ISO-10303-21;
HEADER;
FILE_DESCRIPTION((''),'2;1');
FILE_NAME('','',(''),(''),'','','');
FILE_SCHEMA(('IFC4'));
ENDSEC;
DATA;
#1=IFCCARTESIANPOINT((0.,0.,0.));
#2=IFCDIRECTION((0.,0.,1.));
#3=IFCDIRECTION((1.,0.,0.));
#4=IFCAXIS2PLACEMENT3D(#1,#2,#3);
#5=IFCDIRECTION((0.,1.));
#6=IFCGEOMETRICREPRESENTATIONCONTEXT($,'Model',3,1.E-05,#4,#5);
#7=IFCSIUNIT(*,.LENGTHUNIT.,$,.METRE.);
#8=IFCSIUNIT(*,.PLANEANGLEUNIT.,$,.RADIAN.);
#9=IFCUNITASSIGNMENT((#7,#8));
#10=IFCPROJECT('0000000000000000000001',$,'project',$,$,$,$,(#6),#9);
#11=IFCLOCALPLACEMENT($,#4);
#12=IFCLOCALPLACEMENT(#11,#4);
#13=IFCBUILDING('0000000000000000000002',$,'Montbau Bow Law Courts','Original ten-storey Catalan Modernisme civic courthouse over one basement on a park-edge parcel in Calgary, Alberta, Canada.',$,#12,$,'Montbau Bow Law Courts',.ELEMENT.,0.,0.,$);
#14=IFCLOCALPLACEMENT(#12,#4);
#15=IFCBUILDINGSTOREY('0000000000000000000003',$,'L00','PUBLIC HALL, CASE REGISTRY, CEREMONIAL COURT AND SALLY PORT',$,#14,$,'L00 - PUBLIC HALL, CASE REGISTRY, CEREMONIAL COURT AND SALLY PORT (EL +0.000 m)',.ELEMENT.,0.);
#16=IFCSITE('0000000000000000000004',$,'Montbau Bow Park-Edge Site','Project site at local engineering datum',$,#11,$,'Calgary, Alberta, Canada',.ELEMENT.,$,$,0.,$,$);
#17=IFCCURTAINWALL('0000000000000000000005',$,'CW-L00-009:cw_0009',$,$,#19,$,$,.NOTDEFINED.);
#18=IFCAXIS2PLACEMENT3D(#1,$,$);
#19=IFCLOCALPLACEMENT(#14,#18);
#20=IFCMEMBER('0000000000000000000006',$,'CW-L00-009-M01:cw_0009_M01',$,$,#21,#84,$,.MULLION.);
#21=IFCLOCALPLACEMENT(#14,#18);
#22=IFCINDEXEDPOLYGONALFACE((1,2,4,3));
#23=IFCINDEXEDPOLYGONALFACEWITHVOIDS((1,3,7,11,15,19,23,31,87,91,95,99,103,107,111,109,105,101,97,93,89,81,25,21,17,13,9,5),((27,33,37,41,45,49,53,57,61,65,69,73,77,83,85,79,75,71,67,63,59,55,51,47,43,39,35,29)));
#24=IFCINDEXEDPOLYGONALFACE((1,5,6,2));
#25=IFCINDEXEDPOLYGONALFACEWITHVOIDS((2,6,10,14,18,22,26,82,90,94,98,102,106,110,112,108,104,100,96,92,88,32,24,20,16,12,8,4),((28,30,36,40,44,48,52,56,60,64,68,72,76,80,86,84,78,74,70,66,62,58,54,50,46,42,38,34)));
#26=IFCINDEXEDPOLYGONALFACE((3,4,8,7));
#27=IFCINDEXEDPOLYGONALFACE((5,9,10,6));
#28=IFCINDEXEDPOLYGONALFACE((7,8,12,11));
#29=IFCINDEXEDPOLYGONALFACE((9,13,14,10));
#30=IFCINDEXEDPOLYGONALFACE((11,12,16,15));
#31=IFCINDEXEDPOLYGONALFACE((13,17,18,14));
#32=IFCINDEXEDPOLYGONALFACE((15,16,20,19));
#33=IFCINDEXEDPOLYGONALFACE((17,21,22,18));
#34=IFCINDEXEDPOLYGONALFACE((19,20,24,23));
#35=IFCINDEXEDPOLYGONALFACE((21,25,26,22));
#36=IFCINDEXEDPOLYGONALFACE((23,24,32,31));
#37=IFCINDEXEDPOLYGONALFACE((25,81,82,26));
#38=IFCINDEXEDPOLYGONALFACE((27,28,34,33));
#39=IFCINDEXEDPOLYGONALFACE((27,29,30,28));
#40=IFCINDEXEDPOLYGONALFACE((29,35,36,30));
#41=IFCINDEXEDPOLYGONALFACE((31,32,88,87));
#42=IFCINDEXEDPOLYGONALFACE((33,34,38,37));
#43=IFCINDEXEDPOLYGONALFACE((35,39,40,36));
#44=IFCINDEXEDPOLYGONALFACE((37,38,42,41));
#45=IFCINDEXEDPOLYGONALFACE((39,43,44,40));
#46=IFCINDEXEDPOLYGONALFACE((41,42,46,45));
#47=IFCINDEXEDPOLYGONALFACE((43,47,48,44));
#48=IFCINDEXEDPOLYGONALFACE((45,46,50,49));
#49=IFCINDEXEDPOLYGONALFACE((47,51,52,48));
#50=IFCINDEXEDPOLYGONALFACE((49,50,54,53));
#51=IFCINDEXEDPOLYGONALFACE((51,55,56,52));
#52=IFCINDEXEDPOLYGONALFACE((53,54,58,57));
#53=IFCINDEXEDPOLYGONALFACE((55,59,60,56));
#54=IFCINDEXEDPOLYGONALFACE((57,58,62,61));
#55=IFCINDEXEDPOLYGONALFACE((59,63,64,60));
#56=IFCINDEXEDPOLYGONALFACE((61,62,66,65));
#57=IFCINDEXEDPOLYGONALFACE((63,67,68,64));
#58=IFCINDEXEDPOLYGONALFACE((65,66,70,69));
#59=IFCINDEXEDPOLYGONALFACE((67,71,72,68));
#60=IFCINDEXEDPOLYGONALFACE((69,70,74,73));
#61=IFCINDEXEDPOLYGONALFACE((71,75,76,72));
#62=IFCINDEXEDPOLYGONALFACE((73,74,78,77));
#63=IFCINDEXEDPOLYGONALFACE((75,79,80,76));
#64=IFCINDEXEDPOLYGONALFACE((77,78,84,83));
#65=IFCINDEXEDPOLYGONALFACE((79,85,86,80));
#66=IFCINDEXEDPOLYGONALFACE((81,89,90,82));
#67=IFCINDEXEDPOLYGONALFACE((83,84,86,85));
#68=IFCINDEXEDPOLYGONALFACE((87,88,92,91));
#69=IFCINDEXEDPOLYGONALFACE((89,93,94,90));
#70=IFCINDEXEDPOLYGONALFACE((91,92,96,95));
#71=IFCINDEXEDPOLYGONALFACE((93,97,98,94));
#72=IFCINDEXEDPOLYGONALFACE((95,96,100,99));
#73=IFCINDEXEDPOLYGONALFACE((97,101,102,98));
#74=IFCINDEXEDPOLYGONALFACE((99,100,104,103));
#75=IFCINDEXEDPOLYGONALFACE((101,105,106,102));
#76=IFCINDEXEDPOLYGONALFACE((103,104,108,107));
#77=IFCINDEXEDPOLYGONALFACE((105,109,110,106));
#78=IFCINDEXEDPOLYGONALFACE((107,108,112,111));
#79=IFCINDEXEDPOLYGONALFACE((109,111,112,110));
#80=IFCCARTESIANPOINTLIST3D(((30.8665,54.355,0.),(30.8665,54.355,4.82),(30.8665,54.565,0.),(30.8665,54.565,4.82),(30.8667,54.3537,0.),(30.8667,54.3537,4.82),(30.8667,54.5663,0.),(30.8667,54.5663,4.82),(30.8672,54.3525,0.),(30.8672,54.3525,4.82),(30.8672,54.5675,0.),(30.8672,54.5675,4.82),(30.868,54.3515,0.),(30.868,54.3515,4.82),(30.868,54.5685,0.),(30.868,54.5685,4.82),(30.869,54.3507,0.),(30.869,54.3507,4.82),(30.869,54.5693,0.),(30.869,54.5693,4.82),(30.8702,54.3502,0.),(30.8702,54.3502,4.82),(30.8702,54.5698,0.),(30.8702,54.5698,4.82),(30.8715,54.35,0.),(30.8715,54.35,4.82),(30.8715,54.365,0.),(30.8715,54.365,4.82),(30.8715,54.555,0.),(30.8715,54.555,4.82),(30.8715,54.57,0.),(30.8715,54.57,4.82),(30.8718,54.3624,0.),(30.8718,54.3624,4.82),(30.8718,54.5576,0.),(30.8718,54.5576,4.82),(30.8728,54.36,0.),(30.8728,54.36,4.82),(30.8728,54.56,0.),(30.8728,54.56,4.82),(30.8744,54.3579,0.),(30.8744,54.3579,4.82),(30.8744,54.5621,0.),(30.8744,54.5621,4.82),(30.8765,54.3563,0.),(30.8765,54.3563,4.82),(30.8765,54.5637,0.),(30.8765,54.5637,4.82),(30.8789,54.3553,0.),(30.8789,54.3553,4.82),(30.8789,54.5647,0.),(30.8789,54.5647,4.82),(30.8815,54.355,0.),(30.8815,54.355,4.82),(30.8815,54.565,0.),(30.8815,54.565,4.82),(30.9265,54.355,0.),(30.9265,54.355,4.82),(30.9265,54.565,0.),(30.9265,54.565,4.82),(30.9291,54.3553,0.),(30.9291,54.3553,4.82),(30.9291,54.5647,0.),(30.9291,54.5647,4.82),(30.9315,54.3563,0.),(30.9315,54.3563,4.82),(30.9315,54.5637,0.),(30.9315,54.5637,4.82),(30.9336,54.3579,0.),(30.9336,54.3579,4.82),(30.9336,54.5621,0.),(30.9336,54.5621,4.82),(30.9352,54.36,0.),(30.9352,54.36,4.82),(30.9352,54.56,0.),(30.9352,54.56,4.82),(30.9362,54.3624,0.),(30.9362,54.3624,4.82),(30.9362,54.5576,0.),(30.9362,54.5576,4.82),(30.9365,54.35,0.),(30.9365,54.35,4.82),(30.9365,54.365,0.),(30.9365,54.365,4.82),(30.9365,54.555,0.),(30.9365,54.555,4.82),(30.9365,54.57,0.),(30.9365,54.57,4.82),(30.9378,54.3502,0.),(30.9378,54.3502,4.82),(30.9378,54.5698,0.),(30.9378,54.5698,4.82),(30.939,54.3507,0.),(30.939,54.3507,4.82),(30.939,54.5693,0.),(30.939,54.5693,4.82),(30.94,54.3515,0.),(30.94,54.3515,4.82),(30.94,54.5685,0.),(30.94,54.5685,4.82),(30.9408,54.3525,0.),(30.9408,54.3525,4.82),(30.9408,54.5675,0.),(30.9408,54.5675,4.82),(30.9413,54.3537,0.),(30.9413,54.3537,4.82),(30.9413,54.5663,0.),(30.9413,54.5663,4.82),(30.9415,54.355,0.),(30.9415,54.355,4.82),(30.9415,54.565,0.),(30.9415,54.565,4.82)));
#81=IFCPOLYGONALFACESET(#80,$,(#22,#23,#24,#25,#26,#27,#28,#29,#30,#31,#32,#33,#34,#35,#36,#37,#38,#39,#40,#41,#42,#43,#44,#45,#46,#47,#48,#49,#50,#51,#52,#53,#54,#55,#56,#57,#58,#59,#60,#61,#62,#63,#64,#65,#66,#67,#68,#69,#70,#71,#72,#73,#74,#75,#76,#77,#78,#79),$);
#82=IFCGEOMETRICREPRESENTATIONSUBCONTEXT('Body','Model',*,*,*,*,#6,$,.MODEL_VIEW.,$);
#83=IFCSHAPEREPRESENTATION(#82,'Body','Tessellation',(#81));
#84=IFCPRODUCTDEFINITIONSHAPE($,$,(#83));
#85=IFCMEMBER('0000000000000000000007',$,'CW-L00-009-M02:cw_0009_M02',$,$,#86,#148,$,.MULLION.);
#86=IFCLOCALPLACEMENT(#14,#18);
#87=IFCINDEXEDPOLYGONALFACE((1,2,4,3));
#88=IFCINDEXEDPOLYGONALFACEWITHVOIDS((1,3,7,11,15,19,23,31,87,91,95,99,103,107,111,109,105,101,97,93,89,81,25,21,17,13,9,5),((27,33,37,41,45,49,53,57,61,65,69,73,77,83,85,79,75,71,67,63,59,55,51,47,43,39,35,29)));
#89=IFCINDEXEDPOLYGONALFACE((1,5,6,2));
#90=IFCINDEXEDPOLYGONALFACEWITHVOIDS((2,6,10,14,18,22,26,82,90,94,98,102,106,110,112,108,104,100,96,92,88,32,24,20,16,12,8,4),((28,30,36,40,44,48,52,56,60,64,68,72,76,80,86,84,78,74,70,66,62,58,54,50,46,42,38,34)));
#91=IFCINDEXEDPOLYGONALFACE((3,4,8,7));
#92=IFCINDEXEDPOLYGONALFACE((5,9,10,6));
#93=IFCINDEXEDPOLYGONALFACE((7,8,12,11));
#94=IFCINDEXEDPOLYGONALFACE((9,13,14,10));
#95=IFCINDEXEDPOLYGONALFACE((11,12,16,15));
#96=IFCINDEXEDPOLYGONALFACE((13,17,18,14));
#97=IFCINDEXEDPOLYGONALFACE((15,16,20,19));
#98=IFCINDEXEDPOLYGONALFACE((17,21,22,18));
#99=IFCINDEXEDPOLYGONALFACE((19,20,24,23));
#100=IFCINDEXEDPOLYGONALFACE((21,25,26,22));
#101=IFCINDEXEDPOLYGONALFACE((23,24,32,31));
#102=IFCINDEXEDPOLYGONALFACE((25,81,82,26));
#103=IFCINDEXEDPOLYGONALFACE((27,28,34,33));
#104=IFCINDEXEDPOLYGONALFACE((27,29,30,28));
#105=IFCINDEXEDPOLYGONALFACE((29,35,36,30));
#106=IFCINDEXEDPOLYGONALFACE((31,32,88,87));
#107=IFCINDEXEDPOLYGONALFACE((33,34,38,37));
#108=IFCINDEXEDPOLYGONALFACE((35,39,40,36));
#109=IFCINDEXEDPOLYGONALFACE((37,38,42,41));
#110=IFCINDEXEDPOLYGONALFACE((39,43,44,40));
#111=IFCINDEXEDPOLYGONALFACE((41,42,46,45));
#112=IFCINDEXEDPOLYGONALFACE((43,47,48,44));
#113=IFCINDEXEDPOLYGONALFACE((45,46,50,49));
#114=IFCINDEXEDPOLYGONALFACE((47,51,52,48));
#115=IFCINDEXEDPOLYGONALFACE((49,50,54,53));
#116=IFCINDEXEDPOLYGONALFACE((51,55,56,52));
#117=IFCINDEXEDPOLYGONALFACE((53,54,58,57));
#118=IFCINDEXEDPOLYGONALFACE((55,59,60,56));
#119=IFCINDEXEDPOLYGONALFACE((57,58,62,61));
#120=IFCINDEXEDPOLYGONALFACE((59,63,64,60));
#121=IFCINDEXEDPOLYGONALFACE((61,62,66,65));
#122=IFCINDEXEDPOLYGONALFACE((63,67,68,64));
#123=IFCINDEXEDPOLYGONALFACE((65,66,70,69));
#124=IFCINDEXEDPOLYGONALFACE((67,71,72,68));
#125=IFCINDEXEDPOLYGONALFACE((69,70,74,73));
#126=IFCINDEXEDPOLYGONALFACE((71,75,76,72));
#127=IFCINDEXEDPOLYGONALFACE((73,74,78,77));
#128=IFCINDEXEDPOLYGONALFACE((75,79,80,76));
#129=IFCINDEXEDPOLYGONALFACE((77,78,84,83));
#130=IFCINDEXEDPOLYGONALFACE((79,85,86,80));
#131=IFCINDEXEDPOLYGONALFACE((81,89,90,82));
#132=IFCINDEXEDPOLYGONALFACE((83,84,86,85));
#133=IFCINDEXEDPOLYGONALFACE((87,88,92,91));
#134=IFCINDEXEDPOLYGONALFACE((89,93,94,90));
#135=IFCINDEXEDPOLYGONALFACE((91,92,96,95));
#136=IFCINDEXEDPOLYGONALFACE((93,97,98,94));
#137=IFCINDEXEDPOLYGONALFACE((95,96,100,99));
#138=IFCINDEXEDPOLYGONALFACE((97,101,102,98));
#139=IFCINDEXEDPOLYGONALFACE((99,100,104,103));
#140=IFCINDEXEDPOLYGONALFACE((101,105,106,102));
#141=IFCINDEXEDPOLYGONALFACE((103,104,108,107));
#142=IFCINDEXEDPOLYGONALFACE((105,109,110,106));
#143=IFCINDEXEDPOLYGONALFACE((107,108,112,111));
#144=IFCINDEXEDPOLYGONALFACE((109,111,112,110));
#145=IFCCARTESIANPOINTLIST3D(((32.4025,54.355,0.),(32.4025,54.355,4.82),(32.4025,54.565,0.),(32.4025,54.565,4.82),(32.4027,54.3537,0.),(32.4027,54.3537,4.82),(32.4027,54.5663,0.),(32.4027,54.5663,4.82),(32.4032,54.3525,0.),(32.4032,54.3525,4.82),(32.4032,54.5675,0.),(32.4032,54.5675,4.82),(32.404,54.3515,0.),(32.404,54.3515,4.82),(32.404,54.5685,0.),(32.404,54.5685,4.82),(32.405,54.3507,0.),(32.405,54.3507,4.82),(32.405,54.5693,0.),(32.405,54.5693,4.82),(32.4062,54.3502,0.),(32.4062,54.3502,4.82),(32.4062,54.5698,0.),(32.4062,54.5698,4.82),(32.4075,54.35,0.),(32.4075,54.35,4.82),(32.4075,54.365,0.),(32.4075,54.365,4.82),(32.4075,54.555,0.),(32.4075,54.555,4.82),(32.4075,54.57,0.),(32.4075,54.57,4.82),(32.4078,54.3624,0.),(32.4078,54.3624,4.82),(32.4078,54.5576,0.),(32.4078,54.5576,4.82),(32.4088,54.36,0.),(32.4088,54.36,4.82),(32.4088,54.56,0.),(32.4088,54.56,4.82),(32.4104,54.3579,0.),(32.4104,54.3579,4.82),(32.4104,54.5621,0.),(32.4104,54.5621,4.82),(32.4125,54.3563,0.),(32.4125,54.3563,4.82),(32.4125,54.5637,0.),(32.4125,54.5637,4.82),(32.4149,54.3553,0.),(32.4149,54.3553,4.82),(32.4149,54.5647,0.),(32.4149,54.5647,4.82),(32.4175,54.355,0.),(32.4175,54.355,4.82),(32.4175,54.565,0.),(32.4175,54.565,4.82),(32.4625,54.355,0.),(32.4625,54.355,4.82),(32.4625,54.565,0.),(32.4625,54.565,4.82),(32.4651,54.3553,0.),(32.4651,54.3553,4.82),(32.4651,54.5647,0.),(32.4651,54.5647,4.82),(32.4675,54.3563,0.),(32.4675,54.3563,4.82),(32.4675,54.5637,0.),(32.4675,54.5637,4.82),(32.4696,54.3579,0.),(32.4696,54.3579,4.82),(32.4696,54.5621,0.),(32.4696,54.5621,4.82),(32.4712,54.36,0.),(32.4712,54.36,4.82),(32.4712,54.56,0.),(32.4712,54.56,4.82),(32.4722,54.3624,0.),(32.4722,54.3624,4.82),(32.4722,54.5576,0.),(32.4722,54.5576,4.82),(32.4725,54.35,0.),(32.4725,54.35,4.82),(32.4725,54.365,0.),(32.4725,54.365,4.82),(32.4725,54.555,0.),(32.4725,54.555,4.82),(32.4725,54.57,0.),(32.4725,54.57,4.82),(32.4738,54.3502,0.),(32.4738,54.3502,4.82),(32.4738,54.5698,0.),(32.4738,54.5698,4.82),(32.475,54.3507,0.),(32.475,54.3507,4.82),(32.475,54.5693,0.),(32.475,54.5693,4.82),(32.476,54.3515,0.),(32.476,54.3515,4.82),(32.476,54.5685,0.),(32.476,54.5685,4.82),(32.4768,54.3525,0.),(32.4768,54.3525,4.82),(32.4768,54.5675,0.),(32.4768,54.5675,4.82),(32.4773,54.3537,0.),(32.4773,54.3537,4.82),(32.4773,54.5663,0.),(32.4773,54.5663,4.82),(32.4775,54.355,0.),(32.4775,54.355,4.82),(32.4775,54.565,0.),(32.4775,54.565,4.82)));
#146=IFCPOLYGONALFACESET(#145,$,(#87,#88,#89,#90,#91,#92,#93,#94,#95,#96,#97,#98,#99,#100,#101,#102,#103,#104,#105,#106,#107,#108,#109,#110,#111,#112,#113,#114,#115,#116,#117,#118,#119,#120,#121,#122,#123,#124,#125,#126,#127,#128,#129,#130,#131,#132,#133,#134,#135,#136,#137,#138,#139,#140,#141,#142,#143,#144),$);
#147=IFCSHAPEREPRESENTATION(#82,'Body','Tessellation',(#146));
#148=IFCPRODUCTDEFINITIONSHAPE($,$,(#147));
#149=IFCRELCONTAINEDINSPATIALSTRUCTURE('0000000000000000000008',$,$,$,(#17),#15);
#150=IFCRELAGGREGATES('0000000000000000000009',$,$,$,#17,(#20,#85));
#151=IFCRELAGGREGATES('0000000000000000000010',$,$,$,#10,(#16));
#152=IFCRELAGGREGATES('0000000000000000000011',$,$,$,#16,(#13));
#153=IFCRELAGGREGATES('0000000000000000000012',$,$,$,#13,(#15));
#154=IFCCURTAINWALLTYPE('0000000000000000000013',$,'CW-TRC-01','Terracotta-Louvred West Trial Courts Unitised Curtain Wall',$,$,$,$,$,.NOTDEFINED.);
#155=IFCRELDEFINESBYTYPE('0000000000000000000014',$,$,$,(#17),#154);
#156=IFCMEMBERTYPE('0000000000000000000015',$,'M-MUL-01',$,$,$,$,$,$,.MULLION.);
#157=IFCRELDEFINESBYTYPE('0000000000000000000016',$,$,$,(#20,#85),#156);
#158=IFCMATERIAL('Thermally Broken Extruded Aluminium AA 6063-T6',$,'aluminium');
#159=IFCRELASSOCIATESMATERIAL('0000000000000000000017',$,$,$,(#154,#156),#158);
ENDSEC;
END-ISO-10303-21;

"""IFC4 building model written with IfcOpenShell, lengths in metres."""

from ifc_helpers import new_model, si_unit, direction, frame, origin_with_axes, origin_2d_with_axis, place, context, subcontext, project, spatial, hollow_rectangle, extrude, material, material_profile, profile_set, type_object, element, aggregate, save


model = new_model("IFC4")

# Units and contexts
model_context = context("Model", 3, precision=1e-05, world=origin_with_axes(), true_north=direction((0.0, 1.0)))
body_context = subcontext(model_context, "Body", "Model", "MODEL_VIEW")
ifc_project = project(units=[si_unit("LENGTHUNIT", "METRE"), si_unit("PLANEANGLEUNIT", "RADIAN")], contexts=[model_context])

# Site, building, storey
site_placement = place(None, origin_with_axes())
site = spatial("IfcSite", under=ifc_project, at=site_placement, Name="Montbau Bow Park-Edge Site", Description="Project site at local engineering datum", LongName="Calgary, Alberta, Canada", CompositionType="ELEMENT", RefElevation=0.0)
building_placement = place(site_placement, origin_with_axes())
building = spatial("IfcBuilding", under=site, at=building_placement, Name="Montbau Bow Law Courts", Description="Original ten-storey Catalan Modernisme civic courthouse over one basement on a park-edge parcel in Calgary, Alberta, Canada.", LongName="Montbau Bow Law Courts", CompositionType="ELEMENT", ElevationOfRefHeight=0.0, ElevationOfTerrain=0.0)
storey_placement = place(building_placement, origin_with_axes())
storey = spatial("IfcBuildingStorey", under=building, at=storey_placement, Name="L00", Description="PUBLIC HALL, CASE REGISTRY, CEREMONIAL COURT AND SALLY PORT", LongName="L00 - PUBLIC HALL, CASE REGISTRY, CEREMONIAL COURT AND SALLY PORT (EL +0.000 m)", CompositionType="ELEMENT", Elevation=0.0)

# Curtain wall, members
ifc_material_1 = material(Name="Thermally Broken Extruded Aluminium AA 6063-T6", Category="aluminium")
curtain_wall_type = type_object("IfcCurtainWallType", Name="CW-TRC-01", Description="Terracotta-Louvred West Trial Courts Unitised Curtain Wall", PredefinedType="NOTDEFINED", material=ifc_material_1)
curtain_wall_1_placement = place(None, frame((30.867, 54.46, 0.0), z_axis=(0.0, 0.0, 1.0), x_axis=(1.0, 0.0, 0.0)))
curtain_wall_1 = element("IfcCurtainWall", 1, at=curtain_wall_1_placement, inside=storey, type_object=curtain_wall_type, Name="CW-L00-009:cw_0009", PredefinedType="NOTDEFINED")
ifc_material_profile_1 = material_profile(ifc_material_1, hollow_rectangle(XDim=0.075, YDim=0.22, WallThickness=0.005, InnerFilletRadius=0.01, OuterFilletRadius=0.005, at=origin_2d_with_axis()), Name="CWM-220X75", Category="Main", Priority=0)
ifc_profile_set_1 = profile_set([ifc_material_profile_1], Name="Thermally Broken Extruded Aluminium AA 6063-T6")
member_type_1 = type_object("IfcMemberType", Name="M-MUL-01", PredefinedType="MULLION", material=ifc_profile_set_1)
member_1_placement = place(None, frame((30.904, 54.46, 0.0), z_axis=(0.0, 0.0, 1.0), x_axis=(1.0, 0.0, 0.0)))
member_1 = element("IfcMember", 2, at=member_1_placement, type_object=member_type_1, Name="CW-L00-009-M01:cw_0009_M01", PredefinedType="MULLION", context=body_context, shape_type="SweptSolid", body=[
    extrude(hollow_rectangle(XDim=0.075, YDim=0.22, WallThickness=0.005, InnerFilletRadius=0.01, OuterFilletRadius=0.005, at=origin_2d_with_axis()), origin_with_axes(), (0.0, 0.0, 1.0), 4.82),
])
member_2_placement = place(None, frame((32.44, 54.46, 0.0), z_axis=(0.0, 0.0, 1.0), x_axis=(1.0, 0.0, 0.0)))
member_2 = element("IfcMember", 3, at=member_2_placement, type_object=member_type_1, Name="CW-L00-009-M02:cw_0009_M02", PredefinedType="MULLION", context=body_context, shape_type="SweptSolid", body=[
    extrude(hollow_rectangle(XDim=0.075, YDim=0.22, WallThickness=0.005, InnerFilletRadius=0.01, OuterFilletRadius=0.005, at=origin_2d_with_axis()), origin_with_axes(), (0.0, 0.0, 1.0), 4.82),
])

aggregate(curtain_wall_1, [member_1, member_2])

save(model, "model.ifc")
